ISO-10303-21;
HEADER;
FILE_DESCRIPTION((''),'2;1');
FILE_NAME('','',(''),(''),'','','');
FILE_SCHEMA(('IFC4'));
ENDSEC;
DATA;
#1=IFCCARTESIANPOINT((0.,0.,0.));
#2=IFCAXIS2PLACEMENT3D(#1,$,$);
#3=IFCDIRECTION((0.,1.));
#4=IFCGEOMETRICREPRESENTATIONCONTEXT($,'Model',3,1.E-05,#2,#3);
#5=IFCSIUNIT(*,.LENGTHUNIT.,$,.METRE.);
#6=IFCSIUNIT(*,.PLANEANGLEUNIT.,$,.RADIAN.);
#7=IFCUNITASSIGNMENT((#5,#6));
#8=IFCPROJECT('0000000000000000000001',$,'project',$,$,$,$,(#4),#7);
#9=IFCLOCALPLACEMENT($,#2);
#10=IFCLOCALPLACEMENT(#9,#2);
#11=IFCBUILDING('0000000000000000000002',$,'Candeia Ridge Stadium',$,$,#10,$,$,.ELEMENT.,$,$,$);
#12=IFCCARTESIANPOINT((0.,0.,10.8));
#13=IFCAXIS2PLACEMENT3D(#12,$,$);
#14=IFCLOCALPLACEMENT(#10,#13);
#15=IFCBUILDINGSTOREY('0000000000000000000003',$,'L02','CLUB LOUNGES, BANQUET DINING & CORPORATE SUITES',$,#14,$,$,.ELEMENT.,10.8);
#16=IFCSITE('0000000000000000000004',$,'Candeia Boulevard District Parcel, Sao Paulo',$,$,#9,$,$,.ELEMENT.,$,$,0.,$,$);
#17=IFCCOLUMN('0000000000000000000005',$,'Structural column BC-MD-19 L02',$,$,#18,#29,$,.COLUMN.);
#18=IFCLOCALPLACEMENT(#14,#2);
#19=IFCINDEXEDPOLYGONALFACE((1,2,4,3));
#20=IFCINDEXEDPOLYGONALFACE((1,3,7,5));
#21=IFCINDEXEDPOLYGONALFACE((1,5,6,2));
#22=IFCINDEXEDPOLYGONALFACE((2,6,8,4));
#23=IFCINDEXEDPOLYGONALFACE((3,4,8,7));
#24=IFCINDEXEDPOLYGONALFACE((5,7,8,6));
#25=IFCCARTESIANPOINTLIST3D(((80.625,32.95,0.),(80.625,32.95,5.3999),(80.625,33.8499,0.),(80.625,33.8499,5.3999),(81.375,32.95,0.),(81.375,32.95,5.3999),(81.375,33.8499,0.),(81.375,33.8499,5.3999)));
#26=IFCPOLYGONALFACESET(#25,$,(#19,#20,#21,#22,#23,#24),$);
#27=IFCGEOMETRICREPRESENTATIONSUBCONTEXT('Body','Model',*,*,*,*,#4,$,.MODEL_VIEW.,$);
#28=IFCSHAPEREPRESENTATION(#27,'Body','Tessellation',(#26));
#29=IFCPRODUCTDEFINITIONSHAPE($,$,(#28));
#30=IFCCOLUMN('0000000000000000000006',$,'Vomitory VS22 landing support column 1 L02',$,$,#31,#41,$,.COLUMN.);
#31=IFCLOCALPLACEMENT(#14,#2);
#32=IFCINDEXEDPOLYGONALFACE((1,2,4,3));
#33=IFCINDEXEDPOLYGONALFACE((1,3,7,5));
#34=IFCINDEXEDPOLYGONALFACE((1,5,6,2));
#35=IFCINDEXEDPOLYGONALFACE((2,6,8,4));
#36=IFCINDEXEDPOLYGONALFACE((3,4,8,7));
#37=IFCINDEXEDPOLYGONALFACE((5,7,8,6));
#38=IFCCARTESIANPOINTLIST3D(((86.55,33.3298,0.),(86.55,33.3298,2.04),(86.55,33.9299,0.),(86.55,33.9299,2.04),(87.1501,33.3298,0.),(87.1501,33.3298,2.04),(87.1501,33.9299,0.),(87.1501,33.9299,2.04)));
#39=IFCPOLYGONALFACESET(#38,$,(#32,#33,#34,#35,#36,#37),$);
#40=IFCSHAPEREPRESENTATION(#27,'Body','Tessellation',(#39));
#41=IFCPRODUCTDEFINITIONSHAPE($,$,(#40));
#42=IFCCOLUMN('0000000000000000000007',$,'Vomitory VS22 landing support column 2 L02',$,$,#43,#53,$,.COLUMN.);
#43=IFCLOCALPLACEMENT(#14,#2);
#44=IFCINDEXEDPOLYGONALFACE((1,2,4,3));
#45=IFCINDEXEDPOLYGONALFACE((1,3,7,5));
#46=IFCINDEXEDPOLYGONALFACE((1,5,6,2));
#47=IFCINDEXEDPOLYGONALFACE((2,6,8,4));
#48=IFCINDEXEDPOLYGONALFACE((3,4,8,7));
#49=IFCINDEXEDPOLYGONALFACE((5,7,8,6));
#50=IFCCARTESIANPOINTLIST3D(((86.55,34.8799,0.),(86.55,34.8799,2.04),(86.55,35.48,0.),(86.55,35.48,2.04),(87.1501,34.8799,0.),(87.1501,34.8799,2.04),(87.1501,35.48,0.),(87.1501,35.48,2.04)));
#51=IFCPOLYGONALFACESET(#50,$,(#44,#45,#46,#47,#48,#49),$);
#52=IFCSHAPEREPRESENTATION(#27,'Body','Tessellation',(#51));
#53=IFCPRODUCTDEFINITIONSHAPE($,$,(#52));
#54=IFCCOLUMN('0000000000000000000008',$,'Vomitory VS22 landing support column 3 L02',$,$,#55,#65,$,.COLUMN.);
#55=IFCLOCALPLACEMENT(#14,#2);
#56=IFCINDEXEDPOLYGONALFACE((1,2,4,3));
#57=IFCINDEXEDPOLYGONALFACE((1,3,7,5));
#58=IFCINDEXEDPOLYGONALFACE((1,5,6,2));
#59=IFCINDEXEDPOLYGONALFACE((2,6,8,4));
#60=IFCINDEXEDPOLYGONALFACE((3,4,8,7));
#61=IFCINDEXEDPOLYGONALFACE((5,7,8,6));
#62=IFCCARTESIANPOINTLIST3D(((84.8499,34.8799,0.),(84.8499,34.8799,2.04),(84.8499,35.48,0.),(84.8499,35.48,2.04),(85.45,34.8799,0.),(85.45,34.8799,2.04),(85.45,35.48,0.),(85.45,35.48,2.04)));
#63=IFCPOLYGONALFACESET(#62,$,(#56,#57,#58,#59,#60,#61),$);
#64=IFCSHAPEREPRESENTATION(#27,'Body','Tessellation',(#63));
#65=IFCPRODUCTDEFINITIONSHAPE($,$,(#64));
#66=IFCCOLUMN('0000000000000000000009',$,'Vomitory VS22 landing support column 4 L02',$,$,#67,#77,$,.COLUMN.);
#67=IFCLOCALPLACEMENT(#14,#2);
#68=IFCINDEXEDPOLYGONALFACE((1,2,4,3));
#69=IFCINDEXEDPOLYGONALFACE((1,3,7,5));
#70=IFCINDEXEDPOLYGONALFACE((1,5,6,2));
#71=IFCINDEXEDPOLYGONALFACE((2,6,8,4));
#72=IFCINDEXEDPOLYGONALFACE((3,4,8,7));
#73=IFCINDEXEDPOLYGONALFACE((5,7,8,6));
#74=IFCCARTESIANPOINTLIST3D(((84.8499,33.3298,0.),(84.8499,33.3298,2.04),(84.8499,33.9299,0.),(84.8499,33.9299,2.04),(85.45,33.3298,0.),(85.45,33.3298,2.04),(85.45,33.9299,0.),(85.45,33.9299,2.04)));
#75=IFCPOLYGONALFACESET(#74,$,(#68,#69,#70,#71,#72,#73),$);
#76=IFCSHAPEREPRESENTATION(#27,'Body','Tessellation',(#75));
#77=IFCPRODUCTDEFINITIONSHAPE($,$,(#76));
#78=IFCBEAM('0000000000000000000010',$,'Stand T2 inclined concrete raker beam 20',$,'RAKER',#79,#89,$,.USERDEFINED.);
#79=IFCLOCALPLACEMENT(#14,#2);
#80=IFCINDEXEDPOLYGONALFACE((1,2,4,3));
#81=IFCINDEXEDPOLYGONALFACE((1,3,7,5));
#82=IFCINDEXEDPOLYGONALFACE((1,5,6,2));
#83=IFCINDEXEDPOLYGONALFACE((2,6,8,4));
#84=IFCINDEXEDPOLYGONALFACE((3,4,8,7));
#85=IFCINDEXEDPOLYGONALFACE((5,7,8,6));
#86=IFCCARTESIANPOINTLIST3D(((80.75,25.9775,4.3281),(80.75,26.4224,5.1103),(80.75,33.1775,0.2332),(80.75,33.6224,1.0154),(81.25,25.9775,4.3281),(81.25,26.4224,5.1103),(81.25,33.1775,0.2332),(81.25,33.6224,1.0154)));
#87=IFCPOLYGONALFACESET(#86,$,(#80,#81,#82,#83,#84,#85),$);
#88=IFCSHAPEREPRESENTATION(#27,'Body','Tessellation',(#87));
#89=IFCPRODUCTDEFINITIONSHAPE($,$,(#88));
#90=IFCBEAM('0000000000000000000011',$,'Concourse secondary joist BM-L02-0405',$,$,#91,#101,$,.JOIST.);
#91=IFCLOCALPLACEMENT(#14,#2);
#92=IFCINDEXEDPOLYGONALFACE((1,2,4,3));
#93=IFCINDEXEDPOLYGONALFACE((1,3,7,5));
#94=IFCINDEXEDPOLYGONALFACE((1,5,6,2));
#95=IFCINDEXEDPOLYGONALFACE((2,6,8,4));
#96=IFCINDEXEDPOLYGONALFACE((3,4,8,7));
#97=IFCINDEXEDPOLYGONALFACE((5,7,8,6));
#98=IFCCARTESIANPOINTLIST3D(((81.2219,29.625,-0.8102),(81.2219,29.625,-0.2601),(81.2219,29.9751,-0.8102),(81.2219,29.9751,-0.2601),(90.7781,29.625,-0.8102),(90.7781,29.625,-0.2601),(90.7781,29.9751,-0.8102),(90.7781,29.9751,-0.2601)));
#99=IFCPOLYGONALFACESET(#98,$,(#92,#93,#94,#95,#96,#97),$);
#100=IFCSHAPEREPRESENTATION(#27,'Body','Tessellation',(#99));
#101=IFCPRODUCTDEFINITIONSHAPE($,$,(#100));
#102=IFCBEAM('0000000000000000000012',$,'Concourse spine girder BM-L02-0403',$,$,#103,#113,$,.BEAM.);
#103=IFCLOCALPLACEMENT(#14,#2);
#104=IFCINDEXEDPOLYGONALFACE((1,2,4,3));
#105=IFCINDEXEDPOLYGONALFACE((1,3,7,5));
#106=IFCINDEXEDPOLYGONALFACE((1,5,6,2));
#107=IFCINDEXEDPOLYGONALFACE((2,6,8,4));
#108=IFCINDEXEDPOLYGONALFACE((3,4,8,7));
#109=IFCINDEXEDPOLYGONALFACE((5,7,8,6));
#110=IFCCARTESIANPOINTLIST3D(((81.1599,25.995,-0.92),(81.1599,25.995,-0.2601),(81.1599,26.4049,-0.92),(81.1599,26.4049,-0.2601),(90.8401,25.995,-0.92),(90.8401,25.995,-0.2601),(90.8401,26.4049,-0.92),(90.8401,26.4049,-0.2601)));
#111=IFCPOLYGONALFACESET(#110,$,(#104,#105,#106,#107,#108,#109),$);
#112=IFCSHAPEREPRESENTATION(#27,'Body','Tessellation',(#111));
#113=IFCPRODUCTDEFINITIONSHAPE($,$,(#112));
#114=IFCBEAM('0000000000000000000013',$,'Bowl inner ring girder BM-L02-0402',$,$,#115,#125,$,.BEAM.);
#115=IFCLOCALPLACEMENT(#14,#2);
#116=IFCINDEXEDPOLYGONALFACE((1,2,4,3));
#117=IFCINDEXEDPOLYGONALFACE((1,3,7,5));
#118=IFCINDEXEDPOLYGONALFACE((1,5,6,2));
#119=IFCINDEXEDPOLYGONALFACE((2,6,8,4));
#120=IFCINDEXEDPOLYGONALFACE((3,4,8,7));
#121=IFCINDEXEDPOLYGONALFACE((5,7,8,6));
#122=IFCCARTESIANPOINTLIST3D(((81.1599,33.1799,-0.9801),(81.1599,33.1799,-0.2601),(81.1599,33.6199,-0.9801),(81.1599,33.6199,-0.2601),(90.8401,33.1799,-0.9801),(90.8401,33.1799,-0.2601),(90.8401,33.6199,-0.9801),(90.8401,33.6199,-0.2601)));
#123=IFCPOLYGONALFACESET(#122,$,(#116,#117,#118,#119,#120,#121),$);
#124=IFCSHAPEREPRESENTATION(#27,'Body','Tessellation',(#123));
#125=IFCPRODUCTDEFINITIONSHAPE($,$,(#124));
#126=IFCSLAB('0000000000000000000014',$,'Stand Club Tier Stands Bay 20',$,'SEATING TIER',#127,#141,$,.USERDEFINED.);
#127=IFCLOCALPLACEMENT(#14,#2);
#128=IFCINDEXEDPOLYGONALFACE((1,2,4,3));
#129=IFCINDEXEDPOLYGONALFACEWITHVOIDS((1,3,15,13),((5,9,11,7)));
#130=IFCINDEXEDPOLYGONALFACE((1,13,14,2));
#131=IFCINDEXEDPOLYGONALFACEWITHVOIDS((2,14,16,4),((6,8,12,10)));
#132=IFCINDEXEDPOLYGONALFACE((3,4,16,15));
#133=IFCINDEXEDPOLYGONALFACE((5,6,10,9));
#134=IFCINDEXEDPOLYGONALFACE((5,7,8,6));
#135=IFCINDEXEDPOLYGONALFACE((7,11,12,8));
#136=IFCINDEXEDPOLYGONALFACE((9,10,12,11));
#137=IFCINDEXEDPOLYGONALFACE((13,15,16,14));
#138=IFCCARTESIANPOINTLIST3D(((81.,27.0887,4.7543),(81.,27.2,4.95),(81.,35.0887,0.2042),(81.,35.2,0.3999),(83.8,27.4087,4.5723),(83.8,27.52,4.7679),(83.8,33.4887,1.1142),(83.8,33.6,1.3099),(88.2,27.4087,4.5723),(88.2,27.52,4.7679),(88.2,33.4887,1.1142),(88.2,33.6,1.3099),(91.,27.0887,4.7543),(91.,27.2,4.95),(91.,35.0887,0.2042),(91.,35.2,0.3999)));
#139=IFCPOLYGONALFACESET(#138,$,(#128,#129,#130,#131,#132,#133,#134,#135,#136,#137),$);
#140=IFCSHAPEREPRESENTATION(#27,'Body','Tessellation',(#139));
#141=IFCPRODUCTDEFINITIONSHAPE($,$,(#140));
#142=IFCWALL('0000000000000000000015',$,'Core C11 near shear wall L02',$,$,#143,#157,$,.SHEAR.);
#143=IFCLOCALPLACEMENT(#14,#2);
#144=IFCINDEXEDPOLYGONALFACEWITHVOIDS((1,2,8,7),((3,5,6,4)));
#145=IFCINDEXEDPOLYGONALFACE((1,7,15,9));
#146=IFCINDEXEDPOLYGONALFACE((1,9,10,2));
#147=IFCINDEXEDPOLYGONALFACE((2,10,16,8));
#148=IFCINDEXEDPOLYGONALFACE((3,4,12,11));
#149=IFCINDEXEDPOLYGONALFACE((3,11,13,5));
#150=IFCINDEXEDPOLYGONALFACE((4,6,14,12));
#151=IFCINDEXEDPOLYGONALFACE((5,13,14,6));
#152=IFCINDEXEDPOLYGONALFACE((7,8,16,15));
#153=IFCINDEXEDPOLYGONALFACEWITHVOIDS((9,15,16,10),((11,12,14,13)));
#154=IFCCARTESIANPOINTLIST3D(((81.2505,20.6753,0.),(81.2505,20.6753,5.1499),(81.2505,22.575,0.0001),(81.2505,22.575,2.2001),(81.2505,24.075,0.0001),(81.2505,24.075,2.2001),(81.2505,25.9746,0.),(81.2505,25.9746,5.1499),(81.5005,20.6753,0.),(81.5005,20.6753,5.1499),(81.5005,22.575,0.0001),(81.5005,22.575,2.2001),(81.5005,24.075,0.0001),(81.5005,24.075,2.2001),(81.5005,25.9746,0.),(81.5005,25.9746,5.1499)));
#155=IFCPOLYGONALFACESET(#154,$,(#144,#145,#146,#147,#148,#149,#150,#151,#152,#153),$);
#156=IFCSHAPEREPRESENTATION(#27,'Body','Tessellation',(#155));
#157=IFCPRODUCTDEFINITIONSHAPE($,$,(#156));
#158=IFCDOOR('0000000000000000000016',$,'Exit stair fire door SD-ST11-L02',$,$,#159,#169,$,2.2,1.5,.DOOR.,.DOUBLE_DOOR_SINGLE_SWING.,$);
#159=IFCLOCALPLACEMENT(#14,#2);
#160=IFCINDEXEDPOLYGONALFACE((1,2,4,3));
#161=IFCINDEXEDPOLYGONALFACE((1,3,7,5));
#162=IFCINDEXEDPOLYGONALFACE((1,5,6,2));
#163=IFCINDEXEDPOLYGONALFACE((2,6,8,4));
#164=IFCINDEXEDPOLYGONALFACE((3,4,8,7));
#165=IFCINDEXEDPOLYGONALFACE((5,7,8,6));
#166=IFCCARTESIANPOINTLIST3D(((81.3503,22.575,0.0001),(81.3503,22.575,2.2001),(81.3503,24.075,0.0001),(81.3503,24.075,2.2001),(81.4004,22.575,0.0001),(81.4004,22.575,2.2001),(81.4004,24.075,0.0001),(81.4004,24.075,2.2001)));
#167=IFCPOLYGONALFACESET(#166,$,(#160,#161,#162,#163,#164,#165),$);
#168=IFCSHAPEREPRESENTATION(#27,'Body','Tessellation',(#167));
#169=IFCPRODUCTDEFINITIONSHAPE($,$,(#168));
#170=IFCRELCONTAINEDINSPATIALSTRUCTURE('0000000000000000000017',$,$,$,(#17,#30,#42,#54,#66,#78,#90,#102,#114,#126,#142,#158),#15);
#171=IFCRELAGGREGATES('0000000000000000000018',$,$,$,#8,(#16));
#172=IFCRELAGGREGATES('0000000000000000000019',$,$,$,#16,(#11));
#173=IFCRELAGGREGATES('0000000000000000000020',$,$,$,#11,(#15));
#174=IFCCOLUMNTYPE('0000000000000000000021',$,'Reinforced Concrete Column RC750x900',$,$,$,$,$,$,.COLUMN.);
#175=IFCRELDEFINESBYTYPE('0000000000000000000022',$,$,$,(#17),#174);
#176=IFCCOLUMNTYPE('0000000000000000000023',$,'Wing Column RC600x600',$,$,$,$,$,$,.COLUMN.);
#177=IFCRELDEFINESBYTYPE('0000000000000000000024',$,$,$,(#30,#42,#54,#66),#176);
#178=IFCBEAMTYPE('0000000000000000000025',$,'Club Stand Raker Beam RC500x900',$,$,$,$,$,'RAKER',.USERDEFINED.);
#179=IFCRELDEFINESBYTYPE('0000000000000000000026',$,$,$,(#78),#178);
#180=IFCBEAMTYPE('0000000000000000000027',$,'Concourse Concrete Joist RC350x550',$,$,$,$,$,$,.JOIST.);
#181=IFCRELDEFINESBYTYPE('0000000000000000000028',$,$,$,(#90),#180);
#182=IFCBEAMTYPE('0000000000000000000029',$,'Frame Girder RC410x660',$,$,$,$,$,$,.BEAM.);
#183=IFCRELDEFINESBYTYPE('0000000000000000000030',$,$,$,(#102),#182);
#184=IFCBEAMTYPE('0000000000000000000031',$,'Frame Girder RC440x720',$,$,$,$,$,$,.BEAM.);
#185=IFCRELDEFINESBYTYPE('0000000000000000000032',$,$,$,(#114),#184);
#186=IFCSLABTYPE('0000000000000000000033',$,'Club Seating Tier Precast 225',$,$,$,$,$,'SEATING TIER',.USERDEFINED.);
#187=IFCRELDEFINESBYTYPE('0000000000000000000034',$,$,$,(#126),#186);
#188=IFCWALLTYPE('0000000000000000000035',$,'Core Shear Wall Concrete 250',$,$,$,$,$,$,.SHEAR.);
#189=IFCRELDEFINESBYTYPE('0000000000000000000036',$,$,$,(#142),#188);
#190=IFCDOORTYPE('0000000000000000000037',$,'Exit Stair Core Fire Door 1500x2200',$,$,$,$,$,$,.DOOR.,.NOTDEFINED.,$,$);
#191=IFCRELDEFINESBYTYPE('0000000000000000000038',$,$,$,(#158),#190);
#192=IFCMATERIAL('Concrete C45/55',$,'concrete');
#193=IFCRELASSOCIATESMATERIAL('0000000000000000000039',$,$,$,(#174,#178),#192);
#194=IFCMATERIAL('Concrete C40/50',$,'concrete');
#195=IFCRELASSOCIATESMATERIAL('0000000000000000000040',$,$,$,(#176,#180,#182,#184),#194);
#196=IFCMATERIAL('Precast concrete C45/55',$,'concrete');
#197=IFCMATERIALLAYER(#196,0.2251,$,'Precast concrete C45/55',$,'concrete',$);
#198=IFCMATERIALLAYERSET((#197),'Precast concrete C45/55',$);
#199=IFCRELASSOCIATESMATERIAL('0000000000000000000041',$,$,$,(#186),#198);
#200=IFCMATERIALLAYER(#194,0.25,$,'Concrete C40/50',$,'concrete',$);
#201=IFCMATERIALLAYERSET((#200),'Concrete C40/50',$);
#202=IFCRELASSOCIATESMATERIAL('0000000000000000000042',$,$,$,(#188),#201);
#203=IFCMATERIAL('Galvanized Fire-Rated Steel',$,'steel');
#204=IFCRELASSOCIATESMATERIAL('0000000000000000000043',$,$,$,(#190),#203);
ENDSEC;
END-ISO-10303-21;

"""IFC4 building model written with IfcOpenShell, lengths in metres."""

from ifc_helpers import new_model, si_unit, direction, frame, frame_2d, origin, origin_2d, place, context, subcontext, project, spatial, polyline, rectangle, outline, extrude, material, layer, layer_set, material_profile, profile_set, type_object, element, fill, save


model = new_model("IFC4")

# Units and contexts
model_context = context("Model", 3, precision=1e-05, world=origin(), true_north=direction((0.0, 1.0)))
body_context = subcontext(model_context, "Body", "Model", "MODEL_VIEW")
ifc_project = project(units=[si_unit("LENGTHUNIT", "METRE"), si_unit("PLANEANGLEUNIT", "RADIAN")], contexts=[model_context])

# Site, building, storey
site_placement = place(None, origin())
site = spatial("IfcSite", under=ifc_project, at=site_placement, Name="Candeia Boulevard District Parcel, Sao Paulo", CompositionType="ELEMENT", RefElevation=0.0)
building_placement = place(site_placement, origin())
building = spatial("IfcBuilding", under=site, at=building_placement, Name="Candeia Ridge Stadium", CompositionType="ELEMENT")
storey_placement = place(building_placement, frame((0.0, 0.0, 10.8)))
storey = spatial("IfcBuildingStorey", under=building, at=storey_placement, Name="L02", Description="CLUB LOUNGES, BANQUET DINING & CORPORATE SUITES", CompositionType="ELEMENT", Elevation=10.8)

# Columns
ifc_material_1 = material(Name="Concrete C45/55", Category="concrete")
ifc_material_profile_1 = material_profile(ifc_material_1, rectangle(XDim=0.75, YDim=0.8999, at=origin_2d()), Name="RC750x900", Category="concrete")
ifc_profile_set_1 = profile_set([ifc_material_profile_1], Name="Concrete C45/55")
column_type_1 = type_object("IfcColumnType", Name="Reinforced Concrete Column RC750x900", PredefinedType="COLUMN", material=ifc_profile_set_1)
column_placement = place(storey_placement, frame((81.0, 33.3999, 0.0), z_axis=(0.0, 0.0, 1.0), x_axis=(1.0, 0.0, 0.0)))
element("IfcColumn", 1, at=column_placement, inside=storey, type_object=column_type_1, Name="Structural column BC-MD-19 L02", PredefinedType="COLUMN", context=body_context, shape_type="SweptSolid", body=[
    extrude(rectangle(XDim=0.75, YDim=0.8999, at=origin_2d()), origin(), (0.0, 0.0, 1.0), 5.3999),
])
ifc_material_2 = material(Name="Concrete C40/50", Category="concrete")
ifc_material_profile_2 = material_profile(ifc_material_2, rectangle(XDim=0.6001, YDim=0.6001, at=origin_2d()), Name="RC600x600", Category="concrete")
ifc_profile_set_2 = profile_set([ifc_material_profile_2], Name="Concrete C40/50")
column_type_2 = type_object("IfcColumnType", Name="Wing Column RC600x600", PredefinedType="COLUMN", material=ifc_profile_set_2)
for number, where, z_axis, x_axis, name in (
    (2, (86.8501, 33.6299, 0.0), (0.0, 0.0, 1.0), (1.0, 0.0, 0.0), "Vomitory VS22 landing support column 1 L02"),
    (3, (86.8501, 35.1799, 0.0), (0.0, 0.0, 1.0), (1.0, 0.0, 0.0), "Vomitory VS22 landing support column 2 L02"),
    (4, (85.1499, 35.1799, 0.0), (0.0, 0.0, 1.0), (1.0, 0.0, 0.0), "Vomitory VS22 landing support column 3 L02"),
    (5, (85.1499, 33.6299, 0.0), (0.0, 0.0, 1.0), (1.0, 0.0, 0.0), "Vomitory VS22 landing support column 4 L02"),
):
    element("IfcColumn", number, at=place(storey_placement, frame(where, z_axis=z_axis, x_axis=x_axis)), inside=storey, type_object=column_type_2, Name=name, PredefinedType="COLUMN", context=body_context, shape_type="SweptSolid", body=[
        extrude(rectangle(XDim=0.6001, YDim=0.6001, at=origin_2d()), origin(), (0.0, 0.0, 1.0), 2.04),
    ])

# Beams
ifc_material_profile_3 = material_profile(ifc_material_1, rectangle(XDim=0.5, YDim=0.8999, at=origin_2d()), Name="RC500x900", Category="concrete")
ifc_profile_set_3 = profile_set([ifc_material_profile_3], Name="Concrete C45/55")
beam_type_1 = type_object("IfcBeamType", Name="Club Stand Raker Beam RC500x900", ElementType="RAKER", PredefinedType="USERDEFINED", material=ifc_profile_set_3)
beam_1_placement = place(storey_placement, frame((81.0, 33.3999, 0.6243), z_axis=(0.0, -0.869244, 0.494383), x_axis=(1.0, 0.0, 0.0)))
element("IfcBeam", 6, at=beam_1_placement, inside=storey, type_object=beam_type_1, Name="Stand T2 inclined concrete raker beam 20", ObjectType="RAKER", PredefinedType="USERDEFINED", context=body_context, shape_type="SweptSolid", body=[
    extrude(rectangle(XDim=0.5, YDim=0.8999, at=origin_2d()), origin(), (0.0, 0.0, 1.0), 8.283),
])
ifc_material_profile_4 = material_profile(ifc_material_2, rectangle(XDim=0.3501, YDim=0.55, at=origin_2d()), Name="RC350x550", Category="concrete")
ifc_profile_set_4 = profile_set([ifc_material_profile_4], Name="Concrete C40/50")
beam_type_2 = type_object("IfcBeamType", Name="Concourse Concrete Joist RC350x550", PredefinedType="JOIST", material=ifc_profile_set_4)
beam_2_placement = place(storey_placement, frame((81.2219, 29.8, -0.5352), z_axis=(1.0, 0.0, 0.0), x_axis=(0.0, 1.0, 0.0)))
element("IfcBeam", 7, at=beam_2_placement, inside=storey, type_object=beam_type_2, Name="Concourse secondary joist BM-L02-0405", PredefinedType="JOIST", context=body_context, shape_type="SweptSolid", body=[
    extrude(rectangle(XDim=0.3501, YDim=0.55, at=origin_2d()), origin(), (0.0, 0.0, 1.0), 9.5562),
])
ifc_material_profile_5 = material_profile(ifc_material_2, rectangle(XDim=0.4099, YDim=0.6599, at=origin_2d()), Name="RC410x660", Category="concrete")
ifc_profile_set_5 = profile_set([ifc_material_profile_5], Name="Concrete C40/50")
beam_type_3 = type_object("IfcBeamType", Name="Frame Girder RC410x660", PredefinedType="BEAM", material=ifc_profile_set_5)
beam_3_placement = place(storey_placement, frame((81.1599, 26.2, -0.5901), z_axis=(1.0, 0.0, 0.0), x_axis=(0.0, 1.0, 0.0)))
element("IfcBeam", 8, at=beam_3_placement, inside=storey, type_object=beam_type_3, Name="Concourse spine girder BM-L02-0403", PredefinedType="BEAM", context=body_context, shape_type="SweptSolid", body=[
    extrude(rectangle(XDim=0.4099, YDim=0.6599, at=origin_2d()), origin(), (0.0, 0.0, 1.0), 9.6802),
])
ifc_material_profile_6 = material_profile(ifc_material_2, rectangle(XDim=0.4399, YDim=0.72, at=origin_2d()), Name="RC440x720", Category="concrete")
ifc_profile_set_6 = profile_set([ifc_material_profile_6], Name="Concrete C40/50")
beam_type_4 = type_object("IfcBeamType", Name="Frame Girder RC440x720", PredefinedType="BEAM", material=ifc_profile_set_6)
beam_4_placement = place(storey_placement, frame((81.1599, 33.3999, -0.6201), z_axis=(1.0, 0.0, 0.0), x_axis=(0.0, 1.0, 0.0)))
element("IfcBeam", 9, at=beam_4_placement, inside=storey, type_object=beam_type_4, Name="Bowl inner ring girder BM-L02-0402", PredefinedType="BEAM", context=body_context, shape_type="SweptSolid", body=[
    extrude(rectangle(XDim=0.4399, YDim=0.72, at=origin_2d()), origin(), (0.0, 0.0, 1.0), 9.6802),
])

# Slab
ifc_material_3 = material(Name="Precast concrete C45/55", Category="concrete")
ifc_layer_1 = layer(ifc_material_3, 0.2251, Name="Precast concrete C45/55", Category="concrete")
ifc_layer_set_1 = layer_set([ifc_layer_1], Name="Precast concrete C45/55")
slab_type = type_object("IfcSlabType", Name="Club Seating Tier Precast 225", ElementType="SEATING TIER", PredefinedType="USERDEFINED", material=ifc_layer_set_1)
slab_placement = place(storey_placement, frame((81.0, 35.2, 0.3999), z_axis=(0.0, 0.494387, 0.869242), x_axis=(1.0, 0.0, 0.0)))
element("IfcSlab", 10, at=slab_placement, inside=storey, type_object=slab_type, Name="Stand Club Tier Stands Bay 20", ObjectType="SEATING TIER", PredefinedType="USERDEFINED", context=body_context, shape_type="SweptSolid", body=[
    extrude(outline(polyline([(0.0, 0.0), (10.0, 0.0), (10.0, -9.2034), (0.0, -9.2034), (0.0, 0.0)]), holes=[polyline([(2.8, -1.8406), (7.2, -1.8406), (7.2, -8.8353), (2.8, -8.8353), (2.8, -1.8406)])]), origin(), (0.0, 0.0, -1.0), 0.2251),
])

# Wall, opening, door
ifc_layer_2 = layer(ifc_material_2, 0.25, Name="Concrete C40/50", Category="concrete")
ifc_layer_set_2 = layer_set([ifc_layer_2], Name="Concrete C40/50")
wall_type = type_object("IfcWallType", Name="Core Shear Wall Concrete 250", PredefinedType="SHEAR", material=ifc_layer_set_2)
wall_placement = place(storey_placement, frame((81.3755, 25.9746, 0.0), z_axis=(0.0, 0.0, 1.0), x_axis=(0.0, -1.0, 0.0)))
wall = element("IfcWall", 11, at=wall_placement, inside=storey, type_object=wall_type, Name="Core C11 near shear wall L02", PredefinedType="SHEAR", context=body_context, shape_type="SweptSolid", body=[
    extrude(rectangle(XDim=5.2993, YDim=0.25, at=frame_2d((2.6497, 0.0))), origin(), (0.0, 0.0, 1.0), 5.1499),
])
opening_placement = place(wall_placement, frame((1.8997, 0.0, 0.0)))
opening = element("IfcOpeningElement", 12, at=opening_placement, cuts=wall, PredefinedType="OPENING", context=body_context, shape_type="SweptSolid", body=[
    extrude(rectangle(XDim=1.5, YDim=2.2, at=frame_2d((0.75, 1.1001))), frame((0.0, 0.135, 0.0), z_axis=(0.0, -1.0, 0.0), x_axis=(1.0, 0.0, 0.0)), (0.0, 0.0, 1.0), 0.27),
])
ifc_material_4 = material(Name="Galvanized Fire-Rated Steel", Category="steel")
door_type = type_object("IfcDoorType", Name="Exit Stair Core Fire Door 1500x2200", OperationType="NOTDEFINED", PredefinedType="DOOR", material=ifc_material_4)
door_placement = place(opening_placement, origin())
door = element("IfcDoor", 13, at=door_placement, inside=storey, type_object=door_type, Name="Exit stair fire door SD-ST11-L02", OperationType="DOUBLE_DOOR_SINGLE_SWING", OverallHeight=2.2, OverallWidth=1.5, PredefinedType="DOOR", context=body_context, shape_type="SweptSolid", body=[
    extrude(rectangle(XDim=1.5, YDim=2.2, at=frame_2d((0.75, 1.1001))), frame((0.0, 0.0249, 0.0), z_axis=(0.0, -1.0, 0.0), x_axis=(1.0, 0.0, 0.0)), (0.0, 0.0, 1.0), 0.05),
])
fill(opening, door)

save(model, "model.ifc")
